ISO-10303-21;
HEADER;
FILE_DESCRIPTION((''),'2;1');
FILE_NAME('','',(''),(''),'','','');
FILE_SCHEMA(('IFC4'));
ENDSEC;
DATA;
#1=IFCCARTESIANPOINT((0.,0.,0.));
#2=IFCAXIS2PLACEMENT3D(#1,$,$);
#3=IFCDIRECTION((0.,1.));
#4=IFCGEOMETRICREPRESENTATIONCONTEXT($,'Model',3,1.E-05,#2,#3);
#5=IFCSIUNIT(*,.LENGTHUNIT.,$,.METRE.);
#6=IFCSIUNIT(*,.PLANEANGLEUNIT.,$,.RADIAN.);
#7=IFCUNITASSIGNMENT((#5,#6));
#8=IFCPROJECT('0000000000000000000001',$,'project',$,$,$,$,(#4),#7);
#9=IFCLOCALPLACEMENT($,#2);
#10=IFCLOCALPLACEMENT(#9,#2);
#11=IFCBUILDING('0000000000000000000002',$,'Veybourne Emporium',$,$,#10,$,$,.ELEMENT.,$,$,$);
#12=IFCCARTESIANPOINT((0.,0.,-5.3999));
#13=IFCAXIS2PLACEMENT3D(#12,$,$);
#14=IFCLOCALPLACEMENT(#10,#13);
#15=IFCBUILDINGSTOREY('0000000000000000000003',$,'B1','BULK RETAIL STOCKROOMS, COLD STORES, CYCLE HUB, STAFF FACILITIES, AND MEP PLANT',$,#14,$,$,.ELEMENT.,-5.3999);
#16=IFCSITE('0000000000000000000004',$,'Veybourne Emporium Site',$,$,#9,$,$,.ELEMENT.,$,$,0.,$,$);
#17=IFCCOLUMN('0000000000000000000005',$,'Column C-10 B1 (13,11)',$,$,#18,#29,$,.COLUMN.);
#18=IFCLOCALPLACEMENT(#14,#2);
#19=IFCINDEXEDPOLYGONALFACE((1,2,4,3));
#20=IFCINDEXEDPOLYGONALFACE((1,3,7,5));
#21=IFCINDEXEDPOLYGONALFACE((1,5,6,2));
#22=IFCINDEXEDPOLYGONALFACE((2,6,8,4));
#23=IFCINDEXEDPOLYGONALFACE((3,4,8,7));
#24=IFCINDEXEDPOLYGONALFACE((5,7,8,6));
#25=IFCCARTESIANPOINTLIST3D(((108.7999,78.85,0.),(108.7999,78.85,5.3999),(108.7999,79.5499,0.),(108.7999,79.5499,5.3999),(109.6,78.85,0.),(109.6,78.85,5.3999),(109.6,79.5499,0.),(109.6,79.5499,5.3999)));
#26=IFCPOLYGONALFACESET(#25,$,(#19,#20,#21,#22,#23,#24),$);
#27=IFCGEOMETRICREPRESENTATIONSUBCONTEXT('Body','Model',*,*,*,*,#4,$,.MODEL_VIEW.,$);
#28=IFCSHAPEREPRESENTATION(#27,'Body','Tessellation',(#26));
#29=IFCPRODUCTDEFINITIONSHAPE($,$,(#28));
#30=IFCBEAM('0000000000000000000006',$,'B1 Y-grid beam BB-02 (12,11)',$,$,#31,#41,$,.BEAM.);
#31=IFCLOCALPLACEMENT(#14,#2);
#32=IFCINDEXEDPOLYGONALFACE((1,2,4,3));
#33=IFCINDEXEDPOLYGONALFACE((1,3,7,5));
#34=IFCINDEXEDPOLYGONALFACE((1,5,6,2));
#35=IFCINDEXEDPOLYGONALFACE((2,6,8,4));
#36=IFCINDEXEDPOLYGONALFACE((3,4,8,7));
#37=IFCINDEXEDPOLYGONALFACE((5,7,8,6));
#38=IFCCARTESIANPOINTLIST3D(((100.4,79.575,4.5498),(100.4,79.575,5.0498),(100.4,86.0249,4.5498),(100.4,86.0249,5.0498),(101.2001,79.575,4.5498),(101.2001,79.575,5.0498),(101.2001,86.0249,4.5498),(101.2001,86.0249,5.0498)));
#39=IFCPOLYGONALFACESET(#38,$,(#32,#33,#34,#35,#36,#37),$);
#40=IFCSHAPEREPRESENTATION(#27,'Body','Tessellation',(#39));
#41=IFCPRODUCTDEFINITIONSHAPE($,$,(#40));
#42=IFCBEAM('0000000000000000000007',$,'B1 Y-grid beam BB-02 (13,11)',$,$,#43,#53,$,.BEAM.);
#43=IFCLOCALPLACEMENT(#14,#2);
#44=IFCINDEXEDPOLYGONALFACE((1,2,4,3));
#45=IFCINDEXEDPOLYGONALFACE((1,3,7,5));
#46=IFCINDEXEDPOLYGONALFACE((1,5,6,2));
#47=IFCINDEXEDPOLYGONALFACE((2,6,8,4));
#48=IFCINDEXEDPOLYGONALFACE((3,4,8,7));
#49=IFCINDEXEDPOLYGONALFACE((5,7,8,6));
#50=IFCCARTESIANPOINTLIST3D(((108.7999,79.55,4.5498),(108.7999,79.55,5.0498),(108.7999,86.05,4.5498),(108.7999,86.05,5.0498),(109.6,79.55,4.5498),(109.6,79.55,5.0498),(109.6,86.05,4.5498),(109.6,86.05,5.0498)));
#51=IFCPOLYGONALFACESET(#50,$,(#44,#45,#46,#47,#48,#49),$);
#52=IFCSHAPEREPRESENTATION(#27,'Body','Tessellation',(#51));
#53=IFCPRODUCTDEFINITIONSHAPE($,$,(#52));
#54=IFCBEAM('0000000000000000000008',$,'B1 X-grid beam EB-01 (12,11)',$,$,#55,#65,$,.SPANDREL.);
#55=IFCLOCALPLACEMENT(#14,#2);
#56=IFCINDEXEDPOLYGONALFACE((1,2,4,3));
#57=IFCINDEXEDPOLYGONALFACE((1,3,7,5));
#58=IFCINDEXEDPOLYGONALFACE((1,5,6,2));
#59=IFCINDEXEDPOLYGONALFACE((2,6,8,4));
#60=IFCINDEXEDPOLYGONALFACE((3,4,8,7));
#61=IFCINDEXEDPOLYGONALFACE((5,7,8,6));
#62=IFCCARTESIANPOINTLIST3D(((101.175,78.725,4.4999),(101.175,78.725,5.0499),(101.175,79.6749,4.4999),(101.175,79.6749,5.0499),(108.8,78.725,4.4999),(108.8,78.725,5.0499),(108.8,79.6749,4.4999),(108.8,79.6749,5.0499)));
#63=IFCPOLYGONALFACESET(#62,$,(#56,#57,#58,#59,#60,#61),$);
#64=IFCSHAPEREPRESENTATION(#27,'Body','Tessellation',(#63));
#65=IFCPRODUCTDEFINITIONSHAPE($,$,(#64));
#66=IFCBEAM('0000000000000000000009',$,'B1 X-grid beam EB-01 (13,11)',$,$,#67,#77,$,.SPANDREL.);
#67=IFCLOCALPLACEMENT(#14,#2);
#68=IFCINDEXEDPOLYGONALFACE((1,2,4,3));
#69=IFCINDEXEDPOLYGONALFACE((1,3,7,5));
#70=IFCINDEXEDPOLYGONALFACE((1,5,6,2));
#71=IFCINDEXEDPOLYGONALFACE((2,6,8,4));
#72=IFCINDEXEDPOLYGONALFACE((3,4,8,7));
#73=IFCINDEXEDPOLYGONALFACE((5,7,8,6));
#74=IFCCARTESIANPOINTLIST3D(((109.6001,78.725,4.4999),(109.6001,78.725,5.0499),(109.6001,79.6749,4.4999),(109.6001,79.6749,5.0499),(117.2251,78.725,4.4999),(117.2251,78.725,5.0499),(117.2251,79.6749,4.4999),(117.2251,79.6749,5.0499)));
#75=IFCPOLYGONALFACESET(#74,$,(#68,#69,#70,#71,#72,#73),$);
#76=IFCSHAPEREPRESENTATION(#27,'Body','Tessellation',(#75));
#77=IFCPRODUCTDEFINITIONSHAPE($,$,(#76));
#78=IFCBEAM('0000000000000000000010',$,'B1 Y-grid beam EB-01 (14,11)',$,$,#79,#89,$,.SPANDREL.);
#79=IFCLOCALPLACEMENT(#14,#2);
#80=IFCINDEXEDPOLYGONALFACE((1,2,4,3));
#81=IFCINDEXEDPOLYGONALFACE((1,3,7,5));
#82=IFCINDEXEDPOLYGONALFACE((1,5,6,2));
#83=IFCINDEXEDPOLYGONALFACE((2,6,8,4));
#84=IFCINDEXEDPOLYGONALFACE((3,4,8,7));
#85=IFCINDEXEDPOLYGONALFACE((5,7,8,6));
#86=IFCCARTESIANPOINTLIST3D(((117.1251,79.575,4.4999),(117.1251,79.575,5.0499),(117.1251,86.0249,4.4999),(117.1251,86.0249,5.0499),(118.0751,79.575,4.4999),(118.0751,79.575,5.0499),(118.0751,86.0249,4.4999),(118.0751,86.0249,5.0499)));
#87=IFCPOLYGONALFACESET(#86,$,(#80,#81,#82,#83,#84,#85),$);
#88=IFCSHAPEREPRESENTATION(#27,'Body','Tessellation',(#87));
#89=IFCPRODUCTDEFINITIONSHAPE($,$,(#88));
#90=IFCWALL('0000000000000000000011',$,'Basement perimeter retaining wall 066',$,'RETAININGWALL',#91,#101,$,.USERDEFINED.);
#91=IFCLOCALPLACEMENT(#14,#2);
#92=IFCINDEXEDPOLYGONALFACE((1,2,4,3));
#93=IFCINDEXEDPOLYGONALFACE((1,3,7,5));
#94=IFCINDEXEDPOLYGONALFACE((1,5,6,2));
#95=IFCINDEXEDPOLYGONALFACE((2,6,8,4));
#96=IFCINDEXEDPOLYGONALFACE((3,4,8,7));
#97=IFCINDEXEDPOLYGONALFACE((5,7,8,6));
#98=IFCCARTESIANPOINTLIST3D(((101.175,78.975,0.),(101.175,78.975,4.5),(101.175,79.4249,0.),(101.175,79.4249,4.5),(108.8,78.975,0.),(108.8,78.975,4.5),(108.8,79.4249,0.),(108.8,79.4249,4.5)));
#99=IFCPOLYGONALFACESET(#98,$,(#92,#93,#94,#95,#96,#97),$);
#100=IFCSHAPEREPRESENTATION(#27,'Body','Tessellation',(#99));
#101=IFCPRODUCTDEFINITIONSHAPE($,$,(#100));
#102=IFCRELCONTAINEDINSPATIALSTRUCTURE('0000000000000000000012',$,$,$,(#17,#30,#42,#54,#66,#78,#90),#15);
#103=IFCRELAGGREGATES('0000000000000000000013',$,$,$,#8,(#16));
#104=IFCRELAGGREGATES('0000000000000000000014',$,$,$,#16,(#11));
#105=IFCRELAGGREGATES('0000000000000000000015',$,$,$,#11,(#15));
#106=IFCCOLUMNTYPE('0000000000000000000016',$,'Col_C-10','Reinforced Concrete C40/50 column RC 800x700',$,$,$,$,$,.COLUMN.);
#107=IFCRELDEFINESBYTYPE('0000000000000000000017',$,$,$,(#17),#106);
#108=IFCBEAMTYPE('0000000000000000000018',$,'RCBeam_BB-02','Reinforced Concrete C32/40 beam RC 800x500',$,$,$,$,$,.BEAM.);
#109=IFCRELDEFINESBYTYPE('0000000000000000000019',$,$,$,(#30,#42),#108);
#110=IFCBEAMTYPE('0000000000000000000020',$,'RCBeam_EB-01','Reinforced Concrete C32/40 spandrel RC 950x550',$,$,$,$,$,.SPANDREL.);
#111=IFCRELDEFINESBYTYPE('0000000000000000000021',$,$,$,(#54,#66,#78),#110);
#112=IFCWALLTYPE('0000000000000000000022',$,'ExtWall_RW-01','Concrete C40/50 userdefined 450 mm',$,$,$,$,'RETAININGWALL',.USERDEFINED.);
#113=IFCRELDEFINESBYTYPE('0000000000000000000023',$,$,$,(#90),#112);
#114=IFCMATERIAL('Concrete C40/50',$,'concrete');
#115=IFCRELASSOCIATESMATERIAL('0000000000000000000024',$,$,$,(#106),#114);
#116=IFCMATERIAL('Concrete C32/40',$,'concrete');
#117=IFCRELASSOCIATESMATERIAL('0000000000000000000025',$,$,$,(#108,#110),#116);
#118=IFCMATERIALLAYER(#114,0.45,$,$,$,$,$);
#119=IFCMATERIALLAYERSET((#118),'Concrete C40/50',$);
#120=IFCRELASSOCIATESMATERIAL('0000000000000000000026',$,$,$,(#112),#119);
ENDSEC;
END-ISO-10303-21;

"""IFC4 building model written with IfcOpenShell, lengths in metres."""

from ifc_helpers import new_model, si_unit, direction, frame, frame_2d, origin, origin_2d, place, context, subcontext, project, spatial, rectangle, extrude, material, layer, layer_set, material_profile, profile_set, type_object, element, save


model = new_model("IFC4")

# Units and contexts
model_context = context("Model", 3, precision=1e-05, world=origin(), true_north=direction((0.0, 1.0)))
body_context = subcontext(model_context, "Body", "Model", "MODEL_VIEW")
ifc_project = project(units=[si_unit("LENGTHUNIT", "METRE"), si_unit("PLANEANGLEUNIT", "RADIAN")], contexts=[model_context])

# Site, building, storey
site_placement = place(None, origin())
site = spatial("IfcSite", under=ifc_project, at=site_placement, Name="Veybourne Emporium Site", CompositionType="ELEMENT", RefElevation=0.0)
building_placement = place(site_placement, origin())
building = spatial("IfcBuilding", under=site, at=building_placement, Name="Veybourne Emporium", CompositionType="ELEMENT")
storey_placement = place(building_placement, frame((0.0, 0.0, -5.3999)))
storey = spatial("IfcBuildingStorey", under=building, at=storey_placement, Name="B1", Description="BULK RETAIL STOCKROOMS, COLD STORES, CYCLE HUB, STAFF FACILITIES, AND MEP PLANT", CompositionType="ELEMENT", Elevation=-5.3999)

# Column
ifc_material_1 = material(Name="Concrete C40/50", Category="concrete")
ifc_material_profile_1 = material_profile(ifc_material_1, rectangle(XDim=0.8, YDim=0.7, at=origin_2d()), Name="RC 800x700")
ifc_profile_set_1 = profile_set([ifc_material_profile_1], Name="Concrete C40/50")
column_type_1 = type_object("IfcColumnType", Name="Col_C-10", Description="Reinforced Concrete C40/50 column RC 800x700", PredefinedType="COLUMN", material=ifc_profile_set_1)
column_placement = place(storey_placement, frame((109.2, 79.2, 0.0), z_axis=(0.0, 0.0, 1.0), x_axis=(1.0, 0.0, 0.0)))
element("IfcColumn", 1, at=column_placement, inside=storey, type_object=column_type_1, Name="Column C-10 B1 (13,11)", PredefinedType="COLUMN", context=body_context, shape_type="SweptSolid", body=[
    extrude(rectangle(XDim=0.8, YDim=0.7, at=origin_2d()), origin(), (0.0, 0.0, 1.0), 5.3999),
])

# Beams
ifc_material_2 = material(Name="Concrete C32/40", Category="concrete")
ifc_material_profile_2 = material_profile(ifc_material_2, rectangle(XDim=0.8, YDim=0.5, at=origin_2d()), Name="RC 800x500")
ifc_profile_set_2 = profile_set([ifc_material_profile_2], Name="Concrete C32/40")
beam_type_1 = type_object("IfcBeamType", Name="RCBeam_BB-02", Description="Reinforced Concrete C32/40 beam RC 800x500", PredefinedType="BEAM", material=ifc_profile_set_2)
beam_1_placement = place(storey_placement, frame((100.8, 79.575, 4.7998), z_axis=(0.0, 1.0, 0.0), x_axis=(-1.0, 0.0, 0.0)))
element("IfcBeam", 2, at=beam_1_placement, inside=storey, type_object=beam_type_1, Name="B1 Y-grid beam BB-02 (12,11)", PredefinedType="BEAM", context=body_context, shape_type="SweptSolid", body=[
    extrude(rectangle(XDim=0.8, YDim=0.5, at=origin_2d()), origin(), (0.0, 0.0, 1.0), 6.45),
])
beam_2_placement = place(storey_placement, frame((109.2, 79.55, 4.7998), z_axis=(0.0, 1.0, 0.0), x_axis=(-1.0, 0.0, 0.0)))
element("IfcBeam", 3, at=beam_2_placement, inside=storey, type_object=beam_type_1, Name="B1 Y-grid beam BB-02 (13,11)", PredefinedType="BEAM", context=body_context, shape_type="SweptSolid", body=[
    extrude(rectangle(XDim=0.8, YDim=0.5, at=origin_2d()), origin(), (0.0, 0.0, 1.0), 6.5),
])
ifc_material_profile_3 = material_profile(ifc_material_2, rectangle(XDim=0.95, YDim=0.55, at=origin_2d()), Name="RC 950x550")
ifc_profile_set_3 = profile_set([ifc_material_profile_3], Name="Concrete C32/40")
beam_type_2 = type_object("IfcBeamType", Name="RCBeam_EB-01", Description="Reinforced Concrete C32/40 spandrel RC 950x550", PredefinedType="SPANDREL", material=ifc_profile_set_3)
for number, where, z_axis, x_axis, name in (
    (4, (101.175, 79.2, 4.7749), (1.0, 0.0, 0.0), (0.0, 1.0, 0.0), "B1 X-grid beam EB-01 (12,11)"),
    (5, (109.6001, 79.2, 4.7749), (1.0, 0.0, 0.0), (0.0, 1.0, 0.0), "B1 X-grid beam EB-01 (13,11)"),
):
    element("IfcBeam", number, at=place(storey_placement, frame(where, z_axis=z_axis, x_axis=x_axis)), inside=storey, type_object=beam_type_2, Name=name, PredefinedType="SPANDREL", context=body_context, shape_type="SweptSolid", body=[
        extrude(rectangle(XDim=0.95, YDim=0.55, at=origin_2d()), origin(), (0.0, 0.0, 1.0), 7.625),
    ])
beam_3_placement = place(storey_placement, frame((117.6001, 79.575, 4.7749), z_axis=(0.0, 1.0, 0.0), x_axis=(-1.0, 0.0, 0.0)))
element("IfcBeam", 6, at=beam_3_placement, inside=storey, type_object=beam_type_2, Name="B1 Y-grid beam EB-01 (14,11)", PredefinedType="SPANDREL", context=body_context, shape_type="SweptSolid", body=[
    extrude(rectangle(XDim=0.95, YDim=0.55, at=origin_2d()), origin(), (0.0, 0.0, 1.0), 6.45),
])

# Wall
ifc_layer = layer(ifc_material_1, 0.45)
ifc_layer_set = layer_set([ifc_layer], Name="Concrete C40/50")
wall_type = type_object("IfcWallType", Name="ExtWall_RW-01", Description="Concrete C40/50 userdefined 450 mm", ElementType="RETAININGWALL", PredefinedType="USERDEFINED", material=ifc_layer_set)
wall_placement = place(storey_placement, frame((108.8, 79.2, 0.0), z_axis=(0.0, 0.0, 1.0), x_axis=(-1.0, 0.0, 0.0)))
element("IfcWall", 7, at=wall_placement, inside=storey, type_object=wall_type, Name="Basement perimeter retaining wall 066", ObjectType="RETAININGWALL", PredefinedType="USERDEFINED", context=body_context, shape_type="SweptSolid", body=[
    extrude(rectangle(XDim=7.625, YDim=0.45, at=frame_2d((3.8125, 0.0))), origin(), (0.0, 0.0, 1.0), 4.5),
])

save(model, "model.ifc")
